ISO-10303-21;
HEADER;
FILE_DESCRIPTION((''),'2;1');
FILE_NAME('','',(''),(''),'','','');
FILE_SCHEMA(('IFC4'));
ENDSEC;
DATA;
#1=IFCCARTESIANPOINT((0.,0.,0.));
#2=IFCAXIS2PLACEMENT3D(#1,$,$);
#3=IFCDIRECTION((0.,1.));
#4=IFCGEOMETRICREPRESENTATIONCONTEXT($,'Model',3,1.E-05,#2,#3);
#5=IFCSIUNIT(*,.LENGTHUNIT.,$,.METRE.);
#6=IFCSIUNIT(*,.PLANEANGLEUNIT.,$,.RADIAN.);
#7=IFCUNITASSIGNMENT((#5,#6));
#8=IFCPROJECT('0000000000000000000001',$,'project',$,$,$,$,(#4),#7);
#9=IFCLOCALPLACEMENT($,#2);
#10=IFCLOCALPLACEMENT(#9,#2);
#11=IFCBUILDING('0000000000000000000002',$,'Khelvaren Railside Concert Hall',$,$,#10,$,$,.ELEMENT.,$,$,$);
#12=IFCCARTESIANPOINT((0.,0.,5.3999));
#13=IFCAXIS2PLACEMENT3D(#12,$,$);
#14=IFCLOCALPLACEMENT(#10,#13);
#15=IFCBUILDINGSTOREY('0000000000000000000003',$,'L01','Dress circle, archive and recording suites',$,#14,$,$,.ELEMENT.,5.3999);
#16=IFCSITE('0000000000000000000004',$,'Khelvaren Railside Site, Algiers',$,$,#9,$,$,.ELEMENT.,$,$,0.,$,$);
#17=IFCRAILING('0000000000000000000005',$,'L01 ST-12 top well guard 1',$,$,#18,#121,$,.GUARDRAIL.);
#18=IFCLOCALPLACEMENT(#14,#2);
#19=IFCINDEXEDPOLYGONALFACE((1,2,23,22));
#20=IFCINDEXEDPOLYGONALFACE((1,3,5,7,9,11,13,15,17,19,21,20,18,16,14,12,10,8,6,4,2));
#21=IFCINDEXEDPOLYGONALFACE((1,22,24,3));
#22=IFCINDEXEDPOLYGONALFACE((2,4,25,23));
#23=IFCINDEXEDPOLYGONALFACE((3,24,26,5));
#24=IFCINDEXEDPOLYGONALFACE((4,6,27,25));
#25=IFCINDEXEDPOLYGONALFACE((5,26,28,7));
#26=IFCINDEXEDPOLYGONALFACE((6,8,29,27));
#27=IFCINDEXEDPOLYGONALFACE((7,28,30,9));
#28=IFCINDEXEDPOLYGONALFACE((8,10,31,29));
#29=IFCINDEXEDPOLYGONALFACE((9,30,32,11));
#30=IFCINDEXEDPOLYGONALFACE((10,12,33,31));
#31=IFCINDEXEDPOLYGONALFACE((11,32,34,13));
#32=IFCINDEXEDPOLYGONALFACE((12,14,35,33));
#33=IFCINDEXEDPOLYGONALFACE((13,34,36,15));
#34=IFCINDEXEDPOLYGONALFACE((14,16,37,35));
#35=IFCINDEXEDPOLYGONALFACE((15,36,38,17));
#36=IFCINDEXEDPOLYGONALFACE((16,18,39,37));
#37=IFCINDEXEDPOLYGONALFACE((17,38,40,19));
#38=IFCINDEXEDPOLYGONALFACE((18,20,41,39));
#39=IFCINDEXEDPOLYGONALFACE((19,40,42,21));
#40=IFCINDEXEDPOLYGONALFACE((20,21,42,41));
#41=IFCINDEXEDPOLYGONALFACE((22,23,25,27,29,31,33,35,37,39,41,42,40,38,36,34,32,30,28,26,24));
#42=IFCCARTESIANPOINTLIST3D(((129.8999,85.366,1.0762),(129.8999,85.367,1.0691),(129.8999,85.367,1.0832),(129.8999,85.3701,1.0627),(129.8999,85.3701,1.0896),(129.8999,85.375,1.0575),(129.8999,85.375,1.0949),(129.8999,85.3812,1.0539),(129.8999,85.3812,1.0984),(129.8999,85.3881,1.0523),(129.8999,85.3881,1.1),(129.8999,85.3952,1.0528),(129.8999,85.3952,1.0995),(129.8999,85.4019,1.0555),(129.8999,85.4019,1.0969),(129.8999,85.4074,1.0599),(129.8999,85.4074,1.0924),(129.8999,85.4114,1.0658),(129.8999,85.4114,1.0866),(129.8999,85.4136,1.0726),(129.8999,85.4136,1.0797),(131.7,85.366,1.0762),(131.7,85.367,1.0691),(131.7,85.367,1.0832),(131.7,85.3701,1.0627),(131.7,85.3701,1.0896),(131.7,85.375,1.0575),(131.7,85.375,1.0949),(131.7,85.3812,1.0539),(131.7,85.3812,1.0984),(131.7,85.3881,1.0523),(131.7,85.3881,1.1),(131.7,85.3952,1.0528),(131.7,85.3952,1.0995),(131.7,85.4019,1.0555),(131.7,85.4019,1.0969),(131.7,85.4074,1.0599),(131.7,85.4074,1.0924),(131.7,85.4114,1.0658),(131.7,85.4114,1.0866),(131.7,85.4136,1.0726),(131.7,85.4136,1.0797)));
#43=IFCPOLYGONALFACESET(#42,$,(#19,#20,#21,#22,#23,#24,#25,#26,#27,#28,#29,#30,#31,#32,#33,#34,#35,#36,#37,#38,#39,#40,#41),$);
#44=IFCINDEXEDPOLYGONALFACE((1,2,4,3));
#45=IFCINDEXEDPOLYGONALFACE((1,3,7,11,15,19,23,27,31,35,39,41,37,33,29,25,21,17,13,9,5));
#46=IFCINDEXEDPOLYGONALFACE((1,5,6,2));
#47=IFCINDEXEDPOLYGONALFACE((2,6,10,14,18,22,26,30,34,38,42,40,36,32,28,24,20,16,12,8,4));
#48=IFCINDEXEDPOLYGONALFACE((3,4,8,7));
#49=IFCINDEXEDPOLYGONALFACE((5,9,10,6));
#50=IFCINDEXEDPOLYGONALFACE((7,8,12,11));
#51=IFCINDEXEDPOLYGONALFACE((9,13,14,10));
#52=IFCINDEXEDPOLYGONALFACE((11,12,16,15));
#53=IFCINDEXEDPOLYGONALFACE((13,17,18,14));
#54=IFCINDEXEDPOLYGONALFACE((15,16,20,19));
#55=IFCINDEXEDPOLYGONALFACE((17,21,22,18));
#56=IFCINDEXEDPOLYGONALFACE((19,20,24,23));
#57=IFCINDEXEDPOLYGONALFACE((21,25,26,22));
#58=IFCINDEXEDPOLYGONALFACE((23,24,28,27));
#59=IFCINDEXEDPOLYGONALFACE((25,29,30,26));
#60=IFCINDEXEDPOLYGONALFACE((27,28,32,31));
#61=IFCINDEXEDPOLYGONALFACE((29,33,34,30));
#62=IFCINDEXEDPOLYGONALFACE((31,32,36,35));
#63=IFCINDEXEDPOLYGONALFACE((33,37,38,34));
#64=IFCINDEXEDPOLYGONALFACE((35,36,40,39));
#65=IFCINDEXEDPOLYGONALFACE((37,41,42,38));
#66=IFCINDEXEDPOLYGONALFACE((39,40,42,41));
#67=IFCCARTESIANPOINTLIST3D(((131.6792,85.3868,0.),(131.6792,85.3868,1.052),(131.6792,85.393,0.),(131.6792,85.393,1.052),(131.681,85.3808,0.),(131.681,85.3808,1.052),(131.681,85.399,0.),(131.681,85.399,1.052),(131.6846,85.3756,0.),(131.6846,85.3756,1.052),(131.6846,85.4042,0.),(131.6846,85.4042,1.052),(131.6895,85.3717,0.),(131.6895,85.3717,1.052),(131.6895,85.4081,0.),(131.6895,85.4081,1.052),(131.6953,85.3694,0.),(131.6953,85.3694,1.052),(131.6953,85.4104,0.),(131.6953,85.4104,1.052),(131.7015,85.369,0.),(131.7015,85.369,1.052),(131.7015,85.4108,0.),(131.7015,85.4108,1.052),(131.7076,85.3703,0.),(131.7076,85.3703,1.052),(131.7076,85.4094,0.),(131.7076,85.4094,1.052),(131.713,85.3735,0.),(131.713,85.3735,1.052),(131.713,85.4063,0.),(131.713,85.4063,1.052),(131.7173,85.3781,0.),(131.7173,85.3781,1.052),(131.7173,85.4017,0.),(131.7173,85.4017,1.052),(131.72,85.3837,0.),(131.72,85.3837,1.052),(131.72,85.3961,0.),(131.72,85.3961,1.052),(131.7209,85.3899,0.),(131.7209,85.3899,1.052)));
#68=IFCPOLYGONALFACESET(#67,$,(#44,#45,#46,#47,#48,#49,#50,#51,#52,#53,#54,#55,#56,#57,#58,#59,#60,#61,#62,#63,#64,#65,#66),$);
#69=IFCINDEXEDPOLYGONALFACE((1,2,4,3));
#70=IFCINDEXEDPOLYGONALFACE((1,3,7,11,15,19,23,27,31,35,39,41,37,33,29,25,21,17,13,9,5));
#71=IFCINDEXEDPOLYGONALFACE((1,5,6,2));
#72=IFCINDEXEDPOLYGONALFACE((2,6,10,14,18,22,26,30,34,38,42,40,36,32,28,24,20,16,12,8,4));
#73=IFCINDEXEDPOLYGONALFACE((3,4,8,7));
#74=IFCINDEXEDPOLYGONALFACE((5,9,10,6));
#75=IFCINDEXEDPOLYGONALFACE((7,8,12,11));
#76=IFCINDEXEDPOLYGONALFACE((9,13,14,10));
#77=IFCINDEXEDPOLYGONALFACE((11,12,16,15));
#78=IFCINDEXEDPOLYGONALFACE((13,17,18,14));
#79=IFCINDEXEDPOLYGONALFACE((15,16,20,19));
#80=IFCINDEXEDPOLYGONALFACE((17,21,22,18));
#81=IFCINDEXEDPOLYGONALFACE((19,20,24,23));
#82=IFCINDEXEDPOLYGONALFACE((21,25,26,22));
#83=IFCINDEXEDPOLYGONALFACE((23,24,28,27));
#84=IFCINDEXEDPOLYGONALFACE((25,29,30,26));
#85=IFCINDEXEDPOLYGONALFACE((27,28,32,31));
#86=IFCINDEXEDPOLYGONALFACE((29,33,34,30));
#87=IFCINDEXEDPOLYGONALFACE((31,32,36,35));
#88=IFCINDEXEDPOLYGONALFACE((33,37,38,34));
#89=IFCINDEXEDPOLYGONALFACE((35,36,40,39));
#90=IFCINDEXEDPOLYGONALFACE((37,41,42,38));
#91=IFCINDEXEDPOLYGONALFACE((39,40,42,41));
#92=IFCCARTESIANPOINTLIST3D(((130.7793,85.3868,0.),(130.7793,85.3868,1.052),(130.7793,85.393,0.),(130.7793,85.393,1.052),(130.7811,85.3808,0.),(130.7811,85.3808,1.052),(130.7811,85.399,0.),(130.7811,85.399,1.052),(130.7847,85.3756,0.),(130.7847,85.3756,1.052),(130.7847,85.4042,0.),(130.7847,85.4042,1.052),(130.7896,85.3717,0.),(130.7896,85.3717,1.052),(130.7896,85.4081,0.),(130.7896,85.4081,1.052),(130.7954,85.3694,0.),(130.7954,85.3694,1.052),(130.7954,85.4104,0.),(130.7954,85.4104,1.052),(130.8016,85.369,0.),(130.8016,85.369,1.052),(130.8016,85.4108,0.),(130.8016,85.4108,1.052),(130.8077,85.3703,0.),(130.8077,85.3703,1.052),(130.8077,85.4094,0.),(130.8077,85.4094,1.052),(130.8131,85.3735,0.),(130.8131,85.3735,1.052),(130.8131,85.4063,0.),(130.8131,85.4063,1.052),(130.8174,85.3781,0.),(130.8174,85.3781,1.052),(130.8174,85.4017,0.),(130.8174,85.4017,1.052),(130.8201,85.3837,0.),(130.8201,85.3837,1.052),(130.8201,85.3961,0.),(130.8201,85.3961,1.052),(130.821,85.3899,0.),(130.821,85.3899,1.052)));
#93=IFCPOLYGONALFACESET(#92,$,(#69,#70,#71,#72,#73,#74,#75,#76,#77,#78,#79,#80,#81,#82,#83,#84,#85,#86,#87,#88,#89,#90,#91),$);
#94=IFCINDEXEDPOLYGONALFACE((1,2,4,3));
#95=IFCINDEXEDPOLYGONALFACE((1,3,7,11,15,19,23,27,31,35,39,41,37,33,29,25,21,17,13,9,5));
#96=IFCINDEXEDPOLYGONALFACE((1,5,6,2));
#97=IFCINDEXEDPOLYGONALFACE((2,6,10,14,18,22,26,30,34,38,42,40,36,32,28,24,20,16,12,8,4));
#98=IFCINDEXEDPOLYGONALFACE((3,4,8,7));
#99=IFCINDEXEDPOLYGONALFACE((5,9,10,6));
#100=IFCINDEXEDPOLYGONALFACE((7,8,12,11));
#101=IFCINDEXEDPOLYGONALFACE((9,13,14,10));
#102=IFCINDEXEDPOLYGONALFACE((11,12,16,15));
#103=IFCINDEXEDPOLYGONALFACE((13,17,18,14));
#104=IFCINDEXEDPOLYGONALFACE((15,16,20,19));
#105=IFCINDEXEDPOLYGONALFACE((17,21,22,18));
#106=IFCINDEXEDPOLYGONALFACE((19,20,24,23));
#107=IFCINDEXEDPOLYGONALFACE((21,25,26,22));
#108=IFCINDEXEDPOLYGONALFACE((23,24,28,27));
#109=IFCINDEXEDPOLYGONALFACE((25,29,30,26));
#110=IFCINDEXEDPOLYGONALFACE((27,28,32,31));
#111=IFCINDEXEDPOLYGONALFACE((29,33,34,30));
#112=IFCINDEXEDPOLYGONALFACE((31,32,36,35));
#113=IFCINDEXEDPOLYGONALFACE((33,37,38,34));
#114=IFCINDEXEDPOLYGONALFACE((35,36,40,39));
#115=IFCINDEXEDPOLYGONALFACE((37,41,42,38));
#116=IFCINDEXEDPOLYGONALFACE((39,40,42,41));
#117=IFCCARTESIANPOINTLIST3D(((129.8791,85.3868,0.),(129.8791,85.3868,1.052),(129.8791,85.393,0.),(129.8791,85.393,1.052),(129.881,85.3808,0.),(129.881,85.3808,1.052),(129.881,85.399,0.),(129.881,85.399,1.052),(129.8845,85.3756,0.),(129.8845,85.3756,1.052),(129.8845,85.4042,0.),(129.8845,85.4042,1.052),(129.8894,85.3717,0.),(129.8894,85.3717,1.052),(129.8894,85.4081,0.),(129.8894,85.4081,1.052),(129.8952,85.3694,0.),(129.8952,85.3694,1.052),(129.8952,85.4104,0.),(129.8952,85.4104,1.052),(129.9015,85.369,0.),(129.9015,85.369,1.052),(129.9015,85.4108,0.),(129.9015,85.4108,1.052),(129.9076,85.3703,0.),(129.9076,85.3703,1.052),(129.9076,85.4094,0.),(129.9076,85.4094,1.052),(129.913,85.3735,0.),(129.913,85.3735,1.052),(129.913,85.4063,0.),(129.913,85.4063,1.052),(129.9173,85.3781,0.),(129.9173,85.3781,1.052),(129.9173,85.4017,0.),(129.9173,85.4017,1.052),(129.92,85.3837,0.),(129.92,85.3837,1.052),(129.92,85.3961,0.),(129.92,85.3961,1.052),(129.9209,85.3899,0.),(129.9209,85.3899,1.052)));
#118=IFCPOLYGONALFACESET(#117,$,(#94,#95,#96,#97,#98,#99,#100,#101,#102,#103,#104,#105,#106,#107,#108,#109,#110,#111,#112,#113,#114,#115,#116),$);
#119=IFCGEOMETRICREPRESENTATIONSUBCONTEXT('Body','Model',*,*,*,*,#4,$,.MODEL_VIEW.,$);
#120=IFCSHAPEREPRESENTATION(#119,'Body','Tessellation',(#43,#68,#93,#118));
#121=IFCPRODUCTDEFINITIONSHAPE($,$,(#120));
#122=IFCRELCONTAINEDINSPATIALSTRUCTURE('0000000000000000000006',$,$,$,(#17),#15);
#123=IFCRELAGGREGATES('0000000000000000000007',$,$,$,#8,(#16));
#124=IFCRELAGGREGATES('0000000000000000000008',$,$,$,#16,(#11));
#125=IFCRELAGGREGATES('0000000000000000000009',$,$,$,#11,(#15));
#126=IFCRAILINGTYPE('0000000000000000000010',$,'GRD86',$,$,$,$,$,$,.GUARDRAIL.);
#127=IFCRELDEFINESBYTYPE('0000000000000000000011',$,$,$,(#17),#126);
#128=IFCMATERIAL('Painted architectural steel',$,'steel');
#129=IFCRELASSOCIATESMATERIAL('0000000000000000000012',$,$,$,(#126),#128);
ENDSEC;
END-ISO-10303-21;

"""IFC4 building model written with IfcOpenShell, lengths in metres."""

from ifc_helpers import new_model, si_unit, direction, frame, origin, origin_2d, place, context, subcontext, project, spatial, circle, extrude, material, type_object, element, save


model = new_model("IFC4")

# Units and contexts
model_context = context("Model", 3, precision=1e-05, world=origin(), true_north=direction((0.0, 1.0)))
body_context = subcontext(model_context, "Body", "Model", "MODEL_VIEW")
ifc_project = project(units=[si_unit("LENGTHUNIT", "METRE"), si_unit("PLANEANGLEUNIT", "RADIAN")], contexts=[model_context])

# Site, building, storey
site_placement = place(None, origin())
site = spatial("IfcSite", under=ifc_project, at=site_placement, Name="Khelvaren Railside Site, Algiers", CompositionType="ELEMENT", RefElevation=0.0)
building_placement = place(site_placement, origin())
building = spatial("IfcBuilding", under=site, at=building_placement, Name="Khelvaren Railside Concert Hall", CompositionType="ELEMENT")
storey_placement = place(building_placement, frame((0.0, 0.0, 5.3999)))
storey = spatial("IfcBuildingStorey", under=building, at=storey_placement, Name="L01", Description="Dress circle, archive and recording suites", CompositionType="ELEMENT", Elevation=5.3999)

# Railing
ifc_material_1 = material(Name="Painted architectural steel", Category="steel")
railing_type = type_object("IfcRailingType", Name="GRD86", PredefinedType="GUARDRAIL", material=ifc_material_1)
railing_1_placement = place(storey_placement, frame((131.7, 85.3899, 0.0)))
element("IfcRailing", 1, at=railing_1_placement, inside=storey, type_object=railing_type, Name="L01 ST-12 top well guard 1", PredefinedType="GUARDRAIL", context=body_context, shape_type="SweptSolid", body=[
    extrude(circle(Radius=0.0239, at=origin_2d()), frame((0.0, 0.0, 1.0762), z_axis=(-1.0, 0.0, 0.0), x_axis=(0.0, -1.0, 0.0)), (0.0, 0.0, 1.0), 1.8),
    extrude(circle(Radius=0.021, at=origin_2d()), origin(), (0.0, 0.0, 1.0), 1.052),
    extrude(circle(Radius=0.021, at=origin_2d()), frame((-0.8999, 0.0, 0.0)), (0.0, 0.0, 1.0), 1.052),
    extrude(circle(Radius=0.021, at=origin_2d()), frame((-1.8, 0.0, 0.0)), (0.0, 0.0, 1.0), 1.052),
])

save(model, "model.ifc")
